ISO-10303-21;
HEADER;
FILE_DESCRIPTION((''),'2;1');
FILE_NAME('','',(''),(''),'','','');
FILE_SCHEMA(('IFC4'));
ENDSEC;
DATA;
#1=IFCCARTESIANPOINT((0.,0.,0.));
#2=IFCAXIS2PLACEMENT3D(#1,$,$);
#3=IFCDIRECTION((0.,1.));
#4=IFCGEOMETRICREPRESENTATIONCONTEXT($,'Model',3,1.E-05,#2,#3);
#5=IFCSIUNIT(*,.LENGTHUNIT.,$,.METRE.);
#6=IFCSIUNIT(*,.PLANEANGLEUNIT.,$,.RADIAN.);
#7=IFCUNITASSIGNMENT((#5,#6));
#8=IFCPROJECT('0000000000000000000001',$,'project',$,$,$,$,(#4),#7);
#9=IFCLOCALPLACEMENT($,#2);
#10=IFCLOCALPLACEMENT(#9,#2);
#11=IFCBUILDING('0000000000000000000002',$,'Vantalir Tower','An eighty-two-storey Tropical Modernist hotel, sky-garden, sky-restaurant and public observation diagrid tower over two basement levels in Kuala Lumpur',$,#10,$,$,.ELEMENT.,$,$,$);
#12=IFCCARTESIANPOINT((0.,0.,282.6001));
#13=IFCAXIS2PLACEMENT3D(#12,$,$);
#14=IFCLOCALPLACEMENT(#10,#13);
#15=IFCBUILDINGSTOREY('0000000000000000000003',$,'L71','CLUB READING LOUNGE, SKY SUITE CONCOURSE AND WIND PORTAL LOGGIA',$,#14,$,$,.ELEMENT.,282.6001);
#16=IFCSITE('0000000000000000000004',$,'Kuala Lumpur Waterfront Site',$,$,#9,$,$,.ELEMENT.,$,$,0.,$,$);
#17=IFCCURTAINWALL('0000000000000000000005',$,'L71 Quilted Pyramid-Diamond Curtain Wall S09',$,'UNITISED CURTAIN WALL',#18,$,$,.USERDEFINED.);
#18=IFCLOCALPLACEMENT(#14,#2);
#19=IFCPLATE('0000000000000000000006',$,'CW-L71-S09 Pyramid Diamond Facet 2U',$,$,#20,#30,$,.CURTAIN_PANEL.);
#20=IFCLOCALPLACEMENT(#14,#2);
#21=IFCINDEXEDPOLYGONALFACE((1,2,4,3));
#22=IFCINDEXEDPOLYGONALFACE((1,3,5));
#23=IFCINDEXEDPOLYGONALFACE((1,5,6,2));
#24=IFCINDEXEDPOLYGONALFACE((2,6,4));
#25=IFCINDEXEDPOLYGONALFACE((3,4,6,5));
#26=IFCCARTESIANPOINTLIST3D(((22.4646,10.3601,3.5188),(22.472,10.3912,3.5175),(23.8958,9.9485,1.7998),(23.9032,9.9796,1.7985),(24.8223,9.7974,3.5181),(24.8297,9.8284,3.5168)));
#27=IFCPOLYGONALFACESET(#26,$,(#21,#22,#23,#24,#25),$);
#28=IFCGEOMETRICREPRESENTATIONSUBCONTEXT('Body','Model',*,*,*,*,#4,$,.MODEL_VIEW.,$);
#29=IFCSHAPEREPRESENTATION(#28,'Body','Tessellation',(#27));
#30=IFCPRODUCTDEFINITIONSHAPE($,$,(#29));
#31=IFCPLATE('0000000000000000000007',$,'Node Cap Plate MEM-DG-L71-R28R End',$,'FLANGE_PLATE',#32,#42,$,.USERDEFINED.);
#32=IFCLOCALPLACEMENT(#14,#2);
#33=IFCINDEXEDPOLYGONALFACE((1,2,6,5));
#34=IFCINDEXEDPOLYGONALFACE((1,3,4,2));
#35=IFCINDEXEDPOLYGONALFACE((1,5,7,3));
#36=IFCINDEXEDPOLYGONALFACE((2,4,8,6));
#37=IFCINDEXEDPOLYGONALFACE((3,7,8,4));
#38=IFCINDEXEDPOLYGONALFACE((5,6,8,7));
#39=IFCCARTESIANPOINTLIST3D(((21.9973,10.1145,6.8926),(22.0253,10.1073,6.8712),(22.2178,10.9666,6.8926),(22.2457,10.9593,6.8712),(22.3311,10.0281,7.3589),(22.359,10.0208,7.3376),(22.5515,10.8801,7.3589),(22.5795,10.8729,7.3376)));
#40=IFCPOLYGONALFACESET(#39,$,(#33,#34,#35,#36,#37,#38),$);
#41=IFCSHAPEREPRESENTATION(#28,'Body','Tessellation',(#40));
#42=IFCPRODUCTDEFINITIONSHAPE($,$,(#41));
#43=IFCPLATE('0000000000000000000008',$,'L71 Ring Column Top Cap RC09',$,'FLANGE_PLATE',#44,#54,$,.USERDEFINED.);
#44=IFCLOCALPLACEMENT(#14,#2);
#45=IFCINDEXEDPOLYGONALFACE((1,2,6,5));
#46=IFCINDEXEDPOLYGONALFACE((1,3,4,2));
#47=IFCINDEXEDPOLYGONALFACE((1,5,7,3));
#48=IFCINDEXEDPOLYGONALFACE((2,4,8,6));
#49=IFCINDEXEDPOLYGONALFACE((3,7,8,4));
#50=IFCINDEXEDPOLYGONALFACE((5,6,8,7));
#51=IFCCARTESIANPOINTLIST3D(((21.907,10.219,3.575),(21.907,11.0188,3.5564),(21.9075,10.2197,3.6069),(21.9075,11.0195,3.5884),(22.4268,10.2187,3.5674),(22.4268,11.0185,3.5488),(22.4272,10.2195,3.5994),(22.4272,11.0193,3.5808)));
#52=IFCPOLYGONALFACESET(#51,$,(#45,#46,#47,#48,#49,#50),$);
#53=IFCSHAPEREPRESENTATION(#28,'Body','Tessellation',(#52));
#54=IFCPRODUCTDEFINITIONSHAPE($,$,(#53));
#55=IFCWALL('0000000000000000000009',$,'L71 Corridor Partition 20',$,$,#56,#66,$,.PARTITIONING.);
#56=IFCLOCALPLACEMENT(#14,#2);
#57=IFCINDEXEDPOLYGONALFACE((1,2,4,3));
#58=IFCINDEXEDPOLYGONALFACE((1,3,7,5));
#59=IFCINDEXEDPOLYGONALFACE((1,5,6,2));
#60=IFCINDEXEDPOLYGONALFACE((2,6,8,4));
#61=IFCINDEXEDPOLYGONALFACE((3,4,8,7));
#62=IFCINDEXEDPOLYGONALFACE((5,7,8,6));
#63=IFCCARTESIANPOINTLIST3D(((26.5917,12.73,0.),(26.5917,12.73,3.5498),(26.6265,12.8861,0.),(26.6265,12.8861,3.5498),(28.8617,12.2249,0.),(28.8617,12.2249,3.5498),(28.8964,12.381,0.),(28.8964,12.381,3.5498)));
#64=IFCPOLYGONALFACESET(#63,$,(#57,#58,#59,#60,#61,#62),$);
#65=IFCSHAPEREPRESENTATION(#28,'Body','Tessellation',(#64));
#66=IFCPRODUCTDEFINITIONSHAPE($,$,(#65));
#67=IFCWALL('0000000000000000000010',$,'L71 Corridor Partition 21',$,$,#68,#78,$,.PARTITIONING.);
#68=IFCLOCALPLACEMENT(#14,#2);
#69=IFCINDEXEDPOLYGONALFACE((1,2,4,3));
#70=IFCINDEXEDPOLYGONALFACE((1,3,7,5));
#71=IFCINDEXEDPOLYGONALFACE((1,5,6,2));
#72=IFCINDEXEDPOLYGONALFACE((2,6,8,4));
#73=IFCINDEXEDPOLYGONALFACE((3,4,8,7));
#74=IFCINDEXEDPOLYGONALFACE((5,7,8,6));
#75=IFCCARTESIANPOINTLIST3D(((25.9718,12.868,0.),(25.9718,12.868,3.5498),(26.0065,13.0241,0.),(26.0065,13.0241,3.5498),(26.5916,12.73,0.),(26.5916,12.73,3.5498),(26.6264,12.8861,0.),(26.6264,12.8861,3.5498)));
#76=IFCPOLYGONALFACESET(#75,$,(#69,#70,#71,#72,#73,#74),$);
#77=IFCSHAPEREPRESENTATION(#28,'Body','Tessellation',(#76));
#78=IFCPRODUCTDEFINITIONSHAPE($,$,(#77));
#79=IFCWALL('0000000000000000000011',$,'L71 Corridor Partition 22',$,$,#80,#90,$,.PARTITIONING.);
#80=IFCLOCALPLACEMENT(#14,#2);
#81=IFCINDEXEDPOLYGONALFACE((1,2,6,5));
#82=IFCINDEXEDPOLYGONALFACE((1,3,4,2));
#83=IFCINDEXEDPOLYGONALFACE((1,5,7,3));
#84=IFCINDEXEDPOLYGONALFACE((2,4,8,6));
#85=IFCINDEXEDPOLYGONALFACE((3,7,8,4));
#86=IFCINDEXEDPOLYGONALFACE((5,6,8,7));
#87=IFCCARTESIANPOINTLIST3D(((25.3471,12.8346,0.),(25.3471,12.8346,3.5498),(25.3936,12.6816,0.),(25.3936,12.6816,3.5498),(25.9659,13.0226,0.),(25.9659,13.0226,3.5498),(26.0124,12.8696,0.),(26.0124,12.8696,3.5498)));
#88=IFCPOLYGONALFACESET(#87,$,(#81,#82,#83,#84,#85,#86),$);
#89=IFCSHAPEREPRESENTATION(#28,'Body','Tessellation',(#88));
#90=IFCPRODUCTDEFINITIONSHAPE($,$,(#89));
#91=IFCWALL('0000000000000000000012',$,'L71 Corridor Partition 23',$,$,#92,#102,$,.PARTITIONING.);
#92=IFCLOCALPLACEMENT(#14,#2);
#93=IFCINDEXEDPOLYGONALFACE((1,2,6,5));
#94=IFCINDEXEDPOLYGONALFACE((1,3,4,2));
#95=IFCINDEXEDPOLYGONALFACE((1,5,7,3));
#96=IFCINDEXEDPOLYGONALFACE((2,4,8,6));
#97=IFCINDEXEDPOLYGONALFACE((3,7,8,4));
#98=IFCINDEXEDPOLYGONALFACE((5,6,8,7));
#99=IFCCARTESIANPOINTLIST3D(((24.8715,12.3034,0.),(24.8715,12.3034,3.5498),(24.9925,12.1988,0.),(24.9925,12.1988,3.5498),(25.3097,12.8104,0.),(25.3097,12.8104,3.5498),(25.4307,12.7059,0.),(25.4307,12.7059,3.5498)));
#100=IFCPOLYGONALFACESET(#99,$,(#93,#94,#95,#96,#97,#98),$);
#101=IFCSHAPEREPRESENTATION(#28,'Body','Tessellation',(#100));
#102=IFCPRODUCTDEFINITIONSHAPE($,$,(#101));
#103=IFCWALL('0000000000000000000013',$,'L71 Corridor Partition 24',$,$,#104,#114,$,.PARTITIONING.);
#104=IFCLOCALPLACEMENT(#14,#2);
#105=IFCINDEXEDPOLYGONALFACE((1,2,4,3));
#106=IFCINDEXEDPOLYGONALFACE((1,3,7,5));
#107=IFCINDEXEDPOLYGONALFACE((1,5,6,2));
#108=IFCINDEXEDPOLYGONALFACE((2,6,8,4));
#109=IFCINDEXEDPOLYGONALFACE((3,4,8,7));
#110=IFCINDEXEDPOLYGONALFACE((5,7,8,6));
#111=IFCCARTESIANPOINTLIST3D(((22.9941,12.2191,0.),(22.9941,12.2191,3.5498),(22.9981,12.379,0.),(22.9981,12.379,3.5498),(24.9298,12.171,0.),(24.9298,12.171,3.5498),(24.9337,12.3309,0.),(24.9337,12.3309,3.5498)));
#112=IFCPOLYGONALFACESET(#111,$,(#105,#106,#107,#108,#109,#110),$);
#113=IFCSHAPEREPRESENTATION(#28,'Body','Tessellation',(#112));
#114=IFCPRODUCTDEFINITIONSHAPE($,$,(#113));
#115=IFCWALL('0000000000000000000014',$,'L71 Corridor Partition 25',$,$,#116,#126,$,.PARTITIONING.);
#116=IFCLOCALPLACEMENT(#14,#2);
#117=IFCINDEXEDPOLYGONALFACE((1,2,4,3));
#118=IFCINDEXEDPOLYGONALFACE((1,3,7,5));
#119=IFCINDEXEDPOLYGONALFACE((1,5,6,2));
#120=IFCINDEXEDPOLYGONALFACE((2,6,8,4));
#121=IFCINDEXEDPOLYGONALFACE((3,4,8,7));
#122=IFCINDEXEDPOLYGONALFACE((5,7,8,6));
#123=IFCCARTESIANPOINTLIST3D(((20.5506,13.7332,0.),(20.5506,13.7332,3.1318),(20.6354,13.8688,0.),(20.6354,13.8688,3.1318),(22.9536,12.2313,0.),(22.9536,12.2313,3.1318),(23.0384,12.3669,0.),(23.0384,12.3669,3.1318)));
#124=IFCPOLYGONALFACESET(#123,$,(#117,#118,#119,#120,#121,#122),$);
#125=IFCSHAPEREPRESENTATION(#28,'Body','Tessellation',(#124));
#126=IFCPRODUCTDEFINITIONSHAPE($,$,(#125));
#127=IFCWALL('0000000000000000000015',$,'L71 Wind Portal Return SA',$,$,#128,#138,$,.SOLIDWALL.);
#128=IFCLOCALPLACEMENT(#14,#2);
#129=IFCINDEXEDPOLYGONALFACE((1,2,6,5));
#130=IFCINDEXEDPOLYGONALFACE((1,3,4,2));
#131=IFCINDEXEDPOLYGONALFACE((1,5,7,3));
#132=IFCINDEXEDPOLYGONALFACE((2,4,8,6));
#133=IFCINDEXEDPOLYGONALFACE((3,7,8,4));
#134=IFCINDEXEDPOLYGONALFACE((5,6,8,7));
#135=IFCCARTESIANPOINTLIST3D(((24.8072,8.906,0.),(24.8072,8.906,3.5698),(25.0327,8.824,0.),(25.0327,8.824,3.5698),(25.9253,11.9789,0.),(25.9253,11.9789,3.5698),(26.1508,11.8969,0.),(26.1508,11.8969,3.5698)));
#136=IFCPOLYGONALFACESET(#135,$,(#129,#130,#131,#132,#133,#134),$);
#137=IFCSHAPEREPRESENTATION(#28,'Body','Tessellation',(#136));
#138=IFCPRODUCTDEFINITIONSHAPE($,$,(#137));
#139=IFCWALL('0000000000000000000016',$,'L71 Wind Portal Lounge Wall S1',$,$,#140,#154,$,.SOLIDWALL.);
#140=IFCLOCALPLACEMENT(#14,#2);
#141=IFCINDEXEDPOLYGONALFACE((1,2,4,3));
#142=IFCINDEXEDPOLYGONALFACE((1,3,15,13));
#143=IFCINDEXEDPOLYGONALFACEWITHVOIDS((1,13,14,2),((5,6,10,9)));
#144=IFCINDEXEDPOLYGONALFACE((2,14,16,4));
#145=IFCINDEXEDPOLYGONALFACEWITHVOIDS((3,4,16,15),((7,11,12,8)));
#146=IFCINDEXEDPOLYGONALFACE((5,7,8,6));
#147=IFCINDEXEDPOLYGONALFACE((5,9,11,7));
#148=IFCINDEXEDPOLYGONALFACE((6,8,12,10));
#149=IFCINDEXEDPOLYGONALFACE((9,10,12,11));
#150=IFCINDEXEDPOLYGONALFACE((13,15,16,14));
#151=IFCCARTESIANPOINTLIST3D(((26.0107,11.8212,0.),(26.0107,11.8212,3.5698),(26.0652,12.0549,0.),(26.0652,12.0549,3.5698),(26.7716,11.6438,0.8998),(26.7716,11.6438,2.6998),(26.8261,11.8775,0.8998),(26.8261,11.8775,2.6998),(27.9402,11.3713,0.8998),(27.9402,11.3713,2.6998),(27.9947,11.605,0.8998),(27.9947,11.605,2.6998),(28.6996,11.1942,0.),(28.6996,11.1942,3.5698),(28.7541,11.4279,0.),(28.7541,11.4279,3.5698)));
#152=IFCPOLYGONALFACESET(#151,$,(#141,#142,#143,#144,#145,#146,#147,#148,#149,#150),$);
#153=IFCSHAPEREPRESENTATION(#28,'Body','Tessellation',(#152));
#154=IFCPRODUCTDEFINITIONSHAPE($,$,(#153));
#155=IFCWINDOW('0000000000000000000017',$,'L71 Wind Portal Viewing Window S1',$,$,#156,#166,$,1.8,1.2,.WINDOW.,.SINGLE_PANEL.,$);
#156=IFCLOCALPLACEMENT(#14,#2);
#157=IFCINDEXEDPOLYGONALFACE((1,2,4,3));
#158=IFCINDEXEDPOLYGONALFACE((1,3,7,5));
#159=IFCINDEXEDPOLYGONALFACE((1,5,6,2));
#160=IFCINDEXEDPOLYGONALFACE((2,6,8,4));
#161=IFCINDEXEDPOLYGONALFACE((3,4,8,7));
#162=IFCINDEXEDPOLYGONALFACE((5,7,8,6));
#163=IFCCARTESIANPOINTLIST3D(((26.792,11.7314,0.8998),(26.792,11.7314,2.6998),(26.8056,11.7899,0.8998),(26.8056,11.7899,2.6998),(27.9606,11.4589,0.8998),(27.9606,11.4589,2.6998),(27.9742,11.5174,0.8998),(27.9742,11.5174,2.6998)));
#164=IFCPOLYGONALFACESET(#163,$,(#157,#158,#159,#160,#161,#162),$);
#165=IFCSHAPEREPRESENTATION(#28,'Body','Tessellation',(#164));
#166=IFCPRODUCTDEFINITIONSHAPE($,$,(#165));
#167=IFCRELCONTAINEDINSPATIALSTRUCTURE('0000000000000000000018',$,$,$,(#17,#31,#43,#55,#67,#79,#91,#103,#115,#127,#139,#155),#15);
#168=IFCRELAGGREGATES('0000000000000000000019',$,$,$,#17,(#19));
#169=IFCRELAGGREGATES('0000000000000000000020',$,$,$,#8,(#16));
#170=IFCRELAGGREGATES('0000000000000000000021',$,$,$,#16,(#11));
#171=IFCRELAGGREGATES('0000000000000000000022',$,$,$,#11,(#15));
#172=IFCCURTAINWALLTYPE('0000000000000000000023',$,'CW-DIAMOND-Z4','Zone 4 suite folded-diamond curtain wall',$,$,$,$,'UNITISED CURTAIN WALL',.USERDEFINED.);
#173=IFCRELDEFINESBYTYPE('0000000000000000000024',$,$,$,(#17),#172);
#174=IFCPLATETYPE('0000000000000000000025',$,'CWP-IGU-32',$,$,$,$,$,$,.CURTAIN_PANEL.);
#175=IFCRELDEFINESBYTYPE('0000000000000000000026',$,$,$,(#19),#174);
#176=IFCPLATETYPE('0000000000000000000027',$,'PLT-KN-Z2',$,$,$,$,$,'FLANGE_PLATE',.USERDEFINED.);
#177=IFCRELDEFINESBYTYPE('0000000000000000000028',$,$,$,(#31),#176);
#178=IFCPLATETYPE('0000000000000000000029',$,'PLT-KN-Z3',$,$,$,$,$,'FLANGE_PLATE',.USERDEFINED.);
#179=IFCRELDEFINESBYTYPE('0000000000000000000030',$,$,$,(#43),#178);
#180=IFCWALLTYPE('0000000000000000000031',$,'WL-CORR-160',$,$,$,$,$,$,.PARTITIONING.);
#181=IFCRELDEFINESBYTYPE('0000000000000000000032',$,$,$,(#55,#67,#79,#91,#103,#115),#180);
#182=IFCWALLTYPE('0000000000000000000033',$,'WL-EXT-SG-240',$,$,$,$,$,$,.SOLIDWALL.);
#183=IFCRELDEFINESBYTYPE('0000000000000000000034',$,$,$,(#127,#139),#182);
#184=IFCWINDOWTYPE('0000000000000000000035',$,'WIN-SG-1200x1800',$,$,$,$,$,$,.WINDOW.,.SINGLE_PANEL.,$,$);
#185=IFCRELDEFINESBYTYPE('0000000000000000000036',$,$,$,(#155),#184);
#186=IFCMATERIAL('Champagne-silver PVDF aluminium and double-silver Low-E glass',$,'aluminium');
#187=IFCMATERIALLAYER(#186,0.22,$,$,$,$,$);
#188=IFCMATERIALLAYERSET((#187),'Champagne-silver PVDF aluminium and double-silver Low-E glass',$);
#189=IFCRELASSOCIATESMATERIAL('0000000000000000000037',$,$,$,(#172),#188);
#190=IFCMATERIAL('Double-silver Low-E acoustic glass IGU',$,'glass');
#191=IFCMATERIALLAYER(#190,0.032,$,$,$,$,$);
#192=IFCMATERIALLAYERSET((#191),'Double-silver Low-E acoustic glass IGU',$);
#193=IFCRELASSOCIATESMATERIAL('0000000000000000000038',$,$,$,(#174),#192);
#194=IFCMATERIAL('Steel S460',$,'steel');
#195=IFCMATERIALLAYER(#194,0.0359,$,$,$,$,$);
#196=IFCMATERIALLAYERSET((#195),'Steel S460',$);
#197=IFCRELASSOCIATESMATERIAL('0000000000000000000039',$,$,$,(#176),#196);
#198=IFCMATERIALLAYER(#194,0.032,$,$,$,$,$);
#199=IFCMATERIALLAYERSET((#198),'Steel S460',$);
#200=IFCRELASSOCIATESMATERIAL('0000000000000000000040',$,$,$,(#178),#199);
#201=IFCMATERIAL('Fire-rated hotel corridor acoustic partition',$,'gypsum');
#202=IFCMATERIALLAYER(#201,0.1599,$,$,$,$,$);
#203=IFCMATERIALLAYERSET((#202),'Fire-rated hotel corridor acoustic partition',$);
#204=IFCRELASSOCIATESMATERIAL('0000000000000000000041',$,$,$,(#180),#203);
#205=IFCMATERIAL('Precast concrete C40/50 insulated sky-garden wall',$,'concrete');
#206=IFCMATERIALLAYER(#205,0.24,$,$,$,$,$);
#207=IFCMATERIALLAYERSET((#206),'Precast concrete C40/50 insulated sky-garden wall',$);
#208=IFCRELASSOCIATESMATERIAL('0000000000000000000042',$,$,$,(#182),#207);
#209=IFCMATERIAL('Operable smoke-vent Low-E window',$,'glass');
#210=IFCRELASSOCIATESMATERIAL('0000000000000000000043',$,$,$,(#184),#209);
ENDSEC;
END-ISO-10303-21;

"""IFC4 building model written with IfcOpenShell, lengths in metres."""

from ifc_helpers import new_model, si_unit, direction, frame, frame_2d, origin, place, context, subcontext, project, spatial, polyline, rectangle, outline, extrude, material, layer, layer_set, type_object, element, fill, aggregate, save


model = new_model("IFC4")

# Units and contexts
model_context = context("Model", 3, precision=1e-05, world=origin(), true_north=direction((0.0, 1.0)))
body_context = subcontext(model_context, "Body", "Model", "MODEL_VIEW")
ifc_project = project(units=[si_unit("LENGTHUNIT", "METRE"), si_unit("PLANEANGLEUNIT", "RADIAN")], contexts=[model_context])

# Site, building, storey
site_placement = place(None, origin())
site = spatial("IfcSite", under=ifc_project, at=site_placement, Name="Kuala Lumpur Waterfront Site", CompositionType="ELEMENT", RefElevation=0.0)
building_placement = place(site_placement, origin())
building = spatial("IfcBuilding", under=site, at=building_placement, Name="Vantalir Tower", Description="An eighty-two-storey Tropical Modernist hotel, sky-garden, sky-restaurant and public observation diagrid tower over two basement levels in Kuala Lumpur", CompositionType="ELEMENT")
storey_placement = place(building_placement, frame((0.0, 0.0, 282.6001)))
storey = spatial("IfcBuildingStorey", under=building, at=storey_placement, Name="L71", Description="CLUB READING LOUNGE, SKY SUITE CONCOURSE AND WIND PORTAL LOGGIA", CompositionType="ELEMENT", Elevation=282.6001)

# Shared definitions
ifc_material_1 = material(Name="Steel S460", Category="steel")

# Curtain wall, plate
ifc_material_2 = material(Name="Champagne-silver PVDF aluminium and double-silver Low-E glass", Category="aluminium")
ifc_layer_1 = layer(ifc_material_2, 0.22)
ifc_layer_set_1 = layer_set([ifc_layer_1], Name="Champagne-silver PVDF aluminium and double-silver Low-E glass")
curtain_wall_type = type_object("IfcCurtainWallType", Name="CW-DIAMOND-Z4", Description="Zone 4 suite folded-diamond curtain wall", ElementType="UNITISED CURTAIN WALL", PredefinedType="USERDEFINED", material=ifc_layer_set_1)
curtain_wall_placement = place(storey_placement, origin())
curtain_wall = element("IfcCurtainWall", 1, at=curtain_wall_placement, inside=storey, type_object=curtain_wall_type, Name="L71 Quilted Pyramid-Diamond Curtain Wall S09", ObjectType="UNITISED CURTAIN WALL", PredefinedType="USERDEFINED")
ifc_material_3 = material(Name="Double-silver Low-E acoustic glass IGU", Category="glass")
ifc_layer_2 = layer(ifc_material_3, 0.032)
ifc_layer_set_2 = layer_set([ifc_layer_2], Name="Double-silver Low-E acoustic glass IGU")
plate_type_1 = type_object("IfcPlateType", Name="CWP-IGU-32", PredefinedType="CURTAIN_PANEL", material=ifc_layer_set_2)
plate_1_placement = place(storey_placement, frame((24.8223, 9.7974, 3.5181), z_axis=(-0.231971, -0.971916, 0.039602), x_axis=(-0.972676, 0.232165, 0.000302)))
plate_1 = element("IfcPlate", 2, at=plate_1_placement, type_object=plate_type_1, Name="CW-L71-S09 Pyramid Diamond Facet 2U", PredefinedType="CURTAIN_PANEL", context=body_context, shape_type="SweptSolid", body=[
    extrude(outline(polyline([(0.0, 0.0), (2.4239, 0.0), (0.9358, 1.7199), (0.0, 0.0)])), origin(), (0.0, 0.0, -1.0), 0.032),
])
aggregate(curtain_wall, [plate_1])

# Plates
ifc_layer_3 = layer(ifc_material_1, 0.0359)
ifc_layer_set_3 = layer_set([ifc_layer_3], Name="Steel S460")
plate_type_2 = type_object("IfcPlateType", Name="PLT-KN-Z2", ElementType="FLANGE_PLATE", PredefinedType="USERDEFINED", material=ifc_layer_set_3)
plate_2_placement = place(storey_placement, frame((22.2178, 10.9666, 6.8926), z_axis=(-0.778469, 0.201421, 0.594487), x_axis=(-0.25049, -0.968119, 0.0)))
element("IfcPlate", 3, at=plate_2_placement, inside=storey, type_object=plate_type_2, Name="Node Cap Plate MEM-DG-L71-R28R End", ObjectType="FLANGE_PLATE", PredefinedType="USERDEFINED", context=body_context, shape_type="SweptSolid", body=[
    extrude(outline(polyline([(0.0, 0.0), (0.8801, 0.0), (0.8802, 0.5799), (0.0001, 0.5799), (0.0, 0.0)])), origin(), (0.0, 0.0, -1.0), 0.0359),
])
ifc_layer_4 = layer(ifc_material_1, 0.032)
ifc_layer_set_4 = layer_set([ifc_layer_4], Name="Steel S460")
plate_type_3 = type_object("IfcPlateType", Name="PLT-KN-Z3", ElementType="FLANGE_PLATE", PredefinedType="USERDEFINED", material=ifc_layer_set_4)
plate_3_placement = place(storey_placement, frame((21.9075, 11.0195, 3.5884), z_axis=(0.014566, 0.02319, 0.999625), x_axis=(0.0, -0.999731, 0.023193)))
element("IfcPlate", 4, at=plate_3_placement, inside=storey, type_object=plate_type_3, Name="L71 Ring Column Top Cap RC09", ObjectType="FLANGE_PLATE", PredefinedType="USERDEFINED", context=body_context, shape_type="SweptSolid", body=[
    extrude(outline(polyline([(0.0, 0.0), (0.8, 0.0), (0.8001, 0.5198), (0.0001, 0.5198), (0.0, 0.0)])), origin(), (0.0, 0.0, -1.0), 0.032),
])

# Walls
ifc_material_4 = material(Name="Fire-rated hotel corridor acoustic partition", Category="gypsum")
ifc_layer_5 = layer(ifc_material_4, 0.1599)
ifc_layer_set_5 = layer_set([ifc_layer_5], Name="Fire-rated hotel corridor acoustic partition")
wall_type_1 = type_object("IfcWallType", Name="WL-CORR-160", PredefinedType="PARTITIONING", material=ifc_layer_set_5)
wall_1_placement = place(storey_placement, frame((28.8789, 12.303, 0.0), z_axis=(0.0, 0.0, 1.0), x_axis=(-0.976125, 0.217208, 0.0)))
element("IfcWall", 5, at=wall_1_placement, inside=storey, type_object=wall_type_1, Name="L71 Corridor Partition 20", PredefinedType="PARTITIONING", context=body_context, shape_type="SweptSolid", body=[
    extrude(rectangle(XDim=2.3254, YDim=0.1599, at=frame_2d((1.1626, 0.0))), origin(), (0.0, 0.0, 1.0), 3.5498),
])
wall_2_placement = place(storey_placement, frame((26.6089, 12.8081, 0.0), z_axis=(0.0, 0.0, 1.0), x_axis=(-0.976124, 0.217215, 0.0)))
element("IfcWall", 6, at=wall_2_placement, inside=storey, type_object=wall_type_1, Name="L71 Corridor Partition 21", PredefinedType="PARTITIONING", context=body_context, shape_type="SweptSolid", body=[
    extrude(rectangle(XDim=0.635, YDim=0.1599, at=frame_2d((0.3174, 0.0))), origin(), (0.0, 0.0, 1.0), 3.5498),
])
wall_3_placement = place(storey_placement, frame((25.989, 12.946, 0.0), z_axis=(0.0, 0.0, 1.0), x_axis=(-0.956834, -0.290636, 0.0)))
element("IfcWall", 7, at=wall_3_placement, inside=storey, type_object=wall_type_1, Name="L71 Corridor Partition 22", PredefinedType="PARTITIONING", context=body_context, shape_type="SweptSolid", body=[
    extrude(rectangle(XDim=0.6467, YDim=0.1599, at=frame_2d((0.3232, 0.0))), origin(), (0.0, 0.0, 1.0), 3.5498),
])
wall_4_placement = place(storey_placement, frame((25.3701, 12.7581, 0.0), z_axis=(0.0, 0.0, 1.0), x_axis=(-0.653876, -0.756602, 0.0)))
element("IfcWall", 8, at=wall_4_placement, inside=storey, type_object=wall_type_1, Name="L71 Corridor Partition 23", PredefinedType="PARTITIONING", context=body_context, shape_type="SweptSolid", body=[
    extrude(rectangle(XDim=0.6702, YDim=0.1599, at=frame_2d((0.335, 0.0))), origin(), (0.0, 0.0, 1.0), 3.5498),
])
wall_5_placement = place(storey_placement, frame((24.9319, 12.251, 0.0), z_axis=(0.0, 0.0, 1.0), x_axis=(-0.999691, 0.024838, 0.0)))
element("IfcWall", 9, at=wall_5_placement, inside=storey, type_object=wall_type_1, Name="L71 Corridor Partition 24", PredefinedType="PARTITIONING", context=body_context, shape_type="SweptSolid", body=[
    extrude(rectangle(XDim=1.9363, YDim=0.1599, at=frame_2d((0.9683, 0.0))), origin(), (0.0, 0.0, 1.0), 3.5498),
])
wall_6_placement = place(storey_placement, frame((22.9961, 12.2991, 0.0), z_axis=(0.0, 0.0, 1.0), x_axis=(-0.847993, 0.530007, 0.0)))
element("IfcWall", 10, at=wall_6_placement, inside=storey, type_object=wall_type_1, Name="L71 Corridor Partition 25", PredefinedType="PARTITIONING", context=body_context, shape_type="SweptSolid", body=[
    extrude(rectangle(XDim=2.8337, YDim=0.1599, at=frame_2d((1.417, 0.0))), origin(), (0.0, 0.0, 1.0), 3.1318),
])
ifc_material_5 = material(Name="Precast concrete C40/50 insulated sky-garden wall", Category="concrete")
ifc_layer_6 = layer(ifc_material_5, 0.24)
ifc_layer_set_6 = layer_set([ifc_layer_6], Name="Precast concrete C40/50 insulated sky-garden wall")
wall_type_2 = type_object("IfcWallType", Name="WL-EXT-SG-240", PredefinedType="SOLIDWALL", material=ifc_layer_set_6)
wall_7_placement = place(storey_placement, frame((24.9199, 8.865, 0.0), z_axis=(0.0, 0.0, 1.0), x_axis=(0.341935, 0.939724, 0.0)))
element("IfcWall", 11, at=wall_7_placement, inside=storey, type_object=wall_type_2, Name="L71 Wind Portal Return SA", PredefinedType="SOLIDWALL", context=body_context, shape_type="SweptSolid", body=[
    extrude(rectangle(XDim=3.27, YDim=0.24, at=frame_2d((1.635, 0.0))), origin(), (0.0, 0.0, 1.0), 3.5698),
])

# Wall, opening, window
wall_8_placement = place(storey_placement, frame((26.0381, 11.938, 0.0), z_axis=(0.0, 0.0, 1.0), x_axis=(0.973879, -0.227067, 0.0)))
wall_8 = element("IfcWall", 12, at=wall_8_placement, inside=storey, type_object=wall_type_2, Name="L71 Wind Portal Lounge Wall S1", PredefinedType="SOLIDWALL", context=body_context, shape_type="SweptSolid", body=[
    extrude(rectangle(XDim=2.761, YDim=0.24, at=frame_2d((1.3804, 0.0))), origin(), (0.0, 0.0, 1.0), 3.5698),
])
opening_1_placement = place(wall_8_placement, frame((0.781, 0.0, 0.8999)))
opening_1 = element("IfcOpeningElement", 13, at=opening_1_placement, cuts=wall_8, PredefinedType="OPENING", context=body_context, shape_type="SweptSolid", body=[
    extrude(rectangle(XDim=1.2, YDim=1.8, at=frame_2d((0.6001, 0.8999))), frame((0.0, 0.1299, 0.0), z_axis=(0.0, -1.0, 0.0), x_axis=(1.0, 0.0, 0.0)), (0.0, 0.0, 1.0), 0.26),
])
ifc_material_6 = material(Name="Operable smoke-vent Low-E window", Category="glass")
window_type = type_object("IfcWindowType", Name="WIN-SG-1200x1800", PartitioningType="SINGLE_PANEL", PredefinedType="WINDOW", material=ifc_material_6)
window_placement = place(opening_1_placement, origin())
window = element("IfcWindow", 14, at=window_placement, inside=storey, type_object=window_type, Name="L71 Wind Portal Viewing Window S1", OverallHeight=1.8, OverallWidth=1.2, PartitioningType="SINGLE_PANEL", PredefinedType="WINDOW", context=body_context, shape_type="SweptSolid", body=[
    extrude(rectangle(XDim=1.2, YDim=1.8, at=frame_2d((0.6001, 0.8999))), frame((0.0, 0.03, 0.0), z_axis=(0.0, -1.0, 0.0), x_axis=(1.0, 0.0, 0.0)), (0.0, 0.0, 1.0), 0.0601),
])
fill(opening_1, window)

save(model, "model.ifc")
